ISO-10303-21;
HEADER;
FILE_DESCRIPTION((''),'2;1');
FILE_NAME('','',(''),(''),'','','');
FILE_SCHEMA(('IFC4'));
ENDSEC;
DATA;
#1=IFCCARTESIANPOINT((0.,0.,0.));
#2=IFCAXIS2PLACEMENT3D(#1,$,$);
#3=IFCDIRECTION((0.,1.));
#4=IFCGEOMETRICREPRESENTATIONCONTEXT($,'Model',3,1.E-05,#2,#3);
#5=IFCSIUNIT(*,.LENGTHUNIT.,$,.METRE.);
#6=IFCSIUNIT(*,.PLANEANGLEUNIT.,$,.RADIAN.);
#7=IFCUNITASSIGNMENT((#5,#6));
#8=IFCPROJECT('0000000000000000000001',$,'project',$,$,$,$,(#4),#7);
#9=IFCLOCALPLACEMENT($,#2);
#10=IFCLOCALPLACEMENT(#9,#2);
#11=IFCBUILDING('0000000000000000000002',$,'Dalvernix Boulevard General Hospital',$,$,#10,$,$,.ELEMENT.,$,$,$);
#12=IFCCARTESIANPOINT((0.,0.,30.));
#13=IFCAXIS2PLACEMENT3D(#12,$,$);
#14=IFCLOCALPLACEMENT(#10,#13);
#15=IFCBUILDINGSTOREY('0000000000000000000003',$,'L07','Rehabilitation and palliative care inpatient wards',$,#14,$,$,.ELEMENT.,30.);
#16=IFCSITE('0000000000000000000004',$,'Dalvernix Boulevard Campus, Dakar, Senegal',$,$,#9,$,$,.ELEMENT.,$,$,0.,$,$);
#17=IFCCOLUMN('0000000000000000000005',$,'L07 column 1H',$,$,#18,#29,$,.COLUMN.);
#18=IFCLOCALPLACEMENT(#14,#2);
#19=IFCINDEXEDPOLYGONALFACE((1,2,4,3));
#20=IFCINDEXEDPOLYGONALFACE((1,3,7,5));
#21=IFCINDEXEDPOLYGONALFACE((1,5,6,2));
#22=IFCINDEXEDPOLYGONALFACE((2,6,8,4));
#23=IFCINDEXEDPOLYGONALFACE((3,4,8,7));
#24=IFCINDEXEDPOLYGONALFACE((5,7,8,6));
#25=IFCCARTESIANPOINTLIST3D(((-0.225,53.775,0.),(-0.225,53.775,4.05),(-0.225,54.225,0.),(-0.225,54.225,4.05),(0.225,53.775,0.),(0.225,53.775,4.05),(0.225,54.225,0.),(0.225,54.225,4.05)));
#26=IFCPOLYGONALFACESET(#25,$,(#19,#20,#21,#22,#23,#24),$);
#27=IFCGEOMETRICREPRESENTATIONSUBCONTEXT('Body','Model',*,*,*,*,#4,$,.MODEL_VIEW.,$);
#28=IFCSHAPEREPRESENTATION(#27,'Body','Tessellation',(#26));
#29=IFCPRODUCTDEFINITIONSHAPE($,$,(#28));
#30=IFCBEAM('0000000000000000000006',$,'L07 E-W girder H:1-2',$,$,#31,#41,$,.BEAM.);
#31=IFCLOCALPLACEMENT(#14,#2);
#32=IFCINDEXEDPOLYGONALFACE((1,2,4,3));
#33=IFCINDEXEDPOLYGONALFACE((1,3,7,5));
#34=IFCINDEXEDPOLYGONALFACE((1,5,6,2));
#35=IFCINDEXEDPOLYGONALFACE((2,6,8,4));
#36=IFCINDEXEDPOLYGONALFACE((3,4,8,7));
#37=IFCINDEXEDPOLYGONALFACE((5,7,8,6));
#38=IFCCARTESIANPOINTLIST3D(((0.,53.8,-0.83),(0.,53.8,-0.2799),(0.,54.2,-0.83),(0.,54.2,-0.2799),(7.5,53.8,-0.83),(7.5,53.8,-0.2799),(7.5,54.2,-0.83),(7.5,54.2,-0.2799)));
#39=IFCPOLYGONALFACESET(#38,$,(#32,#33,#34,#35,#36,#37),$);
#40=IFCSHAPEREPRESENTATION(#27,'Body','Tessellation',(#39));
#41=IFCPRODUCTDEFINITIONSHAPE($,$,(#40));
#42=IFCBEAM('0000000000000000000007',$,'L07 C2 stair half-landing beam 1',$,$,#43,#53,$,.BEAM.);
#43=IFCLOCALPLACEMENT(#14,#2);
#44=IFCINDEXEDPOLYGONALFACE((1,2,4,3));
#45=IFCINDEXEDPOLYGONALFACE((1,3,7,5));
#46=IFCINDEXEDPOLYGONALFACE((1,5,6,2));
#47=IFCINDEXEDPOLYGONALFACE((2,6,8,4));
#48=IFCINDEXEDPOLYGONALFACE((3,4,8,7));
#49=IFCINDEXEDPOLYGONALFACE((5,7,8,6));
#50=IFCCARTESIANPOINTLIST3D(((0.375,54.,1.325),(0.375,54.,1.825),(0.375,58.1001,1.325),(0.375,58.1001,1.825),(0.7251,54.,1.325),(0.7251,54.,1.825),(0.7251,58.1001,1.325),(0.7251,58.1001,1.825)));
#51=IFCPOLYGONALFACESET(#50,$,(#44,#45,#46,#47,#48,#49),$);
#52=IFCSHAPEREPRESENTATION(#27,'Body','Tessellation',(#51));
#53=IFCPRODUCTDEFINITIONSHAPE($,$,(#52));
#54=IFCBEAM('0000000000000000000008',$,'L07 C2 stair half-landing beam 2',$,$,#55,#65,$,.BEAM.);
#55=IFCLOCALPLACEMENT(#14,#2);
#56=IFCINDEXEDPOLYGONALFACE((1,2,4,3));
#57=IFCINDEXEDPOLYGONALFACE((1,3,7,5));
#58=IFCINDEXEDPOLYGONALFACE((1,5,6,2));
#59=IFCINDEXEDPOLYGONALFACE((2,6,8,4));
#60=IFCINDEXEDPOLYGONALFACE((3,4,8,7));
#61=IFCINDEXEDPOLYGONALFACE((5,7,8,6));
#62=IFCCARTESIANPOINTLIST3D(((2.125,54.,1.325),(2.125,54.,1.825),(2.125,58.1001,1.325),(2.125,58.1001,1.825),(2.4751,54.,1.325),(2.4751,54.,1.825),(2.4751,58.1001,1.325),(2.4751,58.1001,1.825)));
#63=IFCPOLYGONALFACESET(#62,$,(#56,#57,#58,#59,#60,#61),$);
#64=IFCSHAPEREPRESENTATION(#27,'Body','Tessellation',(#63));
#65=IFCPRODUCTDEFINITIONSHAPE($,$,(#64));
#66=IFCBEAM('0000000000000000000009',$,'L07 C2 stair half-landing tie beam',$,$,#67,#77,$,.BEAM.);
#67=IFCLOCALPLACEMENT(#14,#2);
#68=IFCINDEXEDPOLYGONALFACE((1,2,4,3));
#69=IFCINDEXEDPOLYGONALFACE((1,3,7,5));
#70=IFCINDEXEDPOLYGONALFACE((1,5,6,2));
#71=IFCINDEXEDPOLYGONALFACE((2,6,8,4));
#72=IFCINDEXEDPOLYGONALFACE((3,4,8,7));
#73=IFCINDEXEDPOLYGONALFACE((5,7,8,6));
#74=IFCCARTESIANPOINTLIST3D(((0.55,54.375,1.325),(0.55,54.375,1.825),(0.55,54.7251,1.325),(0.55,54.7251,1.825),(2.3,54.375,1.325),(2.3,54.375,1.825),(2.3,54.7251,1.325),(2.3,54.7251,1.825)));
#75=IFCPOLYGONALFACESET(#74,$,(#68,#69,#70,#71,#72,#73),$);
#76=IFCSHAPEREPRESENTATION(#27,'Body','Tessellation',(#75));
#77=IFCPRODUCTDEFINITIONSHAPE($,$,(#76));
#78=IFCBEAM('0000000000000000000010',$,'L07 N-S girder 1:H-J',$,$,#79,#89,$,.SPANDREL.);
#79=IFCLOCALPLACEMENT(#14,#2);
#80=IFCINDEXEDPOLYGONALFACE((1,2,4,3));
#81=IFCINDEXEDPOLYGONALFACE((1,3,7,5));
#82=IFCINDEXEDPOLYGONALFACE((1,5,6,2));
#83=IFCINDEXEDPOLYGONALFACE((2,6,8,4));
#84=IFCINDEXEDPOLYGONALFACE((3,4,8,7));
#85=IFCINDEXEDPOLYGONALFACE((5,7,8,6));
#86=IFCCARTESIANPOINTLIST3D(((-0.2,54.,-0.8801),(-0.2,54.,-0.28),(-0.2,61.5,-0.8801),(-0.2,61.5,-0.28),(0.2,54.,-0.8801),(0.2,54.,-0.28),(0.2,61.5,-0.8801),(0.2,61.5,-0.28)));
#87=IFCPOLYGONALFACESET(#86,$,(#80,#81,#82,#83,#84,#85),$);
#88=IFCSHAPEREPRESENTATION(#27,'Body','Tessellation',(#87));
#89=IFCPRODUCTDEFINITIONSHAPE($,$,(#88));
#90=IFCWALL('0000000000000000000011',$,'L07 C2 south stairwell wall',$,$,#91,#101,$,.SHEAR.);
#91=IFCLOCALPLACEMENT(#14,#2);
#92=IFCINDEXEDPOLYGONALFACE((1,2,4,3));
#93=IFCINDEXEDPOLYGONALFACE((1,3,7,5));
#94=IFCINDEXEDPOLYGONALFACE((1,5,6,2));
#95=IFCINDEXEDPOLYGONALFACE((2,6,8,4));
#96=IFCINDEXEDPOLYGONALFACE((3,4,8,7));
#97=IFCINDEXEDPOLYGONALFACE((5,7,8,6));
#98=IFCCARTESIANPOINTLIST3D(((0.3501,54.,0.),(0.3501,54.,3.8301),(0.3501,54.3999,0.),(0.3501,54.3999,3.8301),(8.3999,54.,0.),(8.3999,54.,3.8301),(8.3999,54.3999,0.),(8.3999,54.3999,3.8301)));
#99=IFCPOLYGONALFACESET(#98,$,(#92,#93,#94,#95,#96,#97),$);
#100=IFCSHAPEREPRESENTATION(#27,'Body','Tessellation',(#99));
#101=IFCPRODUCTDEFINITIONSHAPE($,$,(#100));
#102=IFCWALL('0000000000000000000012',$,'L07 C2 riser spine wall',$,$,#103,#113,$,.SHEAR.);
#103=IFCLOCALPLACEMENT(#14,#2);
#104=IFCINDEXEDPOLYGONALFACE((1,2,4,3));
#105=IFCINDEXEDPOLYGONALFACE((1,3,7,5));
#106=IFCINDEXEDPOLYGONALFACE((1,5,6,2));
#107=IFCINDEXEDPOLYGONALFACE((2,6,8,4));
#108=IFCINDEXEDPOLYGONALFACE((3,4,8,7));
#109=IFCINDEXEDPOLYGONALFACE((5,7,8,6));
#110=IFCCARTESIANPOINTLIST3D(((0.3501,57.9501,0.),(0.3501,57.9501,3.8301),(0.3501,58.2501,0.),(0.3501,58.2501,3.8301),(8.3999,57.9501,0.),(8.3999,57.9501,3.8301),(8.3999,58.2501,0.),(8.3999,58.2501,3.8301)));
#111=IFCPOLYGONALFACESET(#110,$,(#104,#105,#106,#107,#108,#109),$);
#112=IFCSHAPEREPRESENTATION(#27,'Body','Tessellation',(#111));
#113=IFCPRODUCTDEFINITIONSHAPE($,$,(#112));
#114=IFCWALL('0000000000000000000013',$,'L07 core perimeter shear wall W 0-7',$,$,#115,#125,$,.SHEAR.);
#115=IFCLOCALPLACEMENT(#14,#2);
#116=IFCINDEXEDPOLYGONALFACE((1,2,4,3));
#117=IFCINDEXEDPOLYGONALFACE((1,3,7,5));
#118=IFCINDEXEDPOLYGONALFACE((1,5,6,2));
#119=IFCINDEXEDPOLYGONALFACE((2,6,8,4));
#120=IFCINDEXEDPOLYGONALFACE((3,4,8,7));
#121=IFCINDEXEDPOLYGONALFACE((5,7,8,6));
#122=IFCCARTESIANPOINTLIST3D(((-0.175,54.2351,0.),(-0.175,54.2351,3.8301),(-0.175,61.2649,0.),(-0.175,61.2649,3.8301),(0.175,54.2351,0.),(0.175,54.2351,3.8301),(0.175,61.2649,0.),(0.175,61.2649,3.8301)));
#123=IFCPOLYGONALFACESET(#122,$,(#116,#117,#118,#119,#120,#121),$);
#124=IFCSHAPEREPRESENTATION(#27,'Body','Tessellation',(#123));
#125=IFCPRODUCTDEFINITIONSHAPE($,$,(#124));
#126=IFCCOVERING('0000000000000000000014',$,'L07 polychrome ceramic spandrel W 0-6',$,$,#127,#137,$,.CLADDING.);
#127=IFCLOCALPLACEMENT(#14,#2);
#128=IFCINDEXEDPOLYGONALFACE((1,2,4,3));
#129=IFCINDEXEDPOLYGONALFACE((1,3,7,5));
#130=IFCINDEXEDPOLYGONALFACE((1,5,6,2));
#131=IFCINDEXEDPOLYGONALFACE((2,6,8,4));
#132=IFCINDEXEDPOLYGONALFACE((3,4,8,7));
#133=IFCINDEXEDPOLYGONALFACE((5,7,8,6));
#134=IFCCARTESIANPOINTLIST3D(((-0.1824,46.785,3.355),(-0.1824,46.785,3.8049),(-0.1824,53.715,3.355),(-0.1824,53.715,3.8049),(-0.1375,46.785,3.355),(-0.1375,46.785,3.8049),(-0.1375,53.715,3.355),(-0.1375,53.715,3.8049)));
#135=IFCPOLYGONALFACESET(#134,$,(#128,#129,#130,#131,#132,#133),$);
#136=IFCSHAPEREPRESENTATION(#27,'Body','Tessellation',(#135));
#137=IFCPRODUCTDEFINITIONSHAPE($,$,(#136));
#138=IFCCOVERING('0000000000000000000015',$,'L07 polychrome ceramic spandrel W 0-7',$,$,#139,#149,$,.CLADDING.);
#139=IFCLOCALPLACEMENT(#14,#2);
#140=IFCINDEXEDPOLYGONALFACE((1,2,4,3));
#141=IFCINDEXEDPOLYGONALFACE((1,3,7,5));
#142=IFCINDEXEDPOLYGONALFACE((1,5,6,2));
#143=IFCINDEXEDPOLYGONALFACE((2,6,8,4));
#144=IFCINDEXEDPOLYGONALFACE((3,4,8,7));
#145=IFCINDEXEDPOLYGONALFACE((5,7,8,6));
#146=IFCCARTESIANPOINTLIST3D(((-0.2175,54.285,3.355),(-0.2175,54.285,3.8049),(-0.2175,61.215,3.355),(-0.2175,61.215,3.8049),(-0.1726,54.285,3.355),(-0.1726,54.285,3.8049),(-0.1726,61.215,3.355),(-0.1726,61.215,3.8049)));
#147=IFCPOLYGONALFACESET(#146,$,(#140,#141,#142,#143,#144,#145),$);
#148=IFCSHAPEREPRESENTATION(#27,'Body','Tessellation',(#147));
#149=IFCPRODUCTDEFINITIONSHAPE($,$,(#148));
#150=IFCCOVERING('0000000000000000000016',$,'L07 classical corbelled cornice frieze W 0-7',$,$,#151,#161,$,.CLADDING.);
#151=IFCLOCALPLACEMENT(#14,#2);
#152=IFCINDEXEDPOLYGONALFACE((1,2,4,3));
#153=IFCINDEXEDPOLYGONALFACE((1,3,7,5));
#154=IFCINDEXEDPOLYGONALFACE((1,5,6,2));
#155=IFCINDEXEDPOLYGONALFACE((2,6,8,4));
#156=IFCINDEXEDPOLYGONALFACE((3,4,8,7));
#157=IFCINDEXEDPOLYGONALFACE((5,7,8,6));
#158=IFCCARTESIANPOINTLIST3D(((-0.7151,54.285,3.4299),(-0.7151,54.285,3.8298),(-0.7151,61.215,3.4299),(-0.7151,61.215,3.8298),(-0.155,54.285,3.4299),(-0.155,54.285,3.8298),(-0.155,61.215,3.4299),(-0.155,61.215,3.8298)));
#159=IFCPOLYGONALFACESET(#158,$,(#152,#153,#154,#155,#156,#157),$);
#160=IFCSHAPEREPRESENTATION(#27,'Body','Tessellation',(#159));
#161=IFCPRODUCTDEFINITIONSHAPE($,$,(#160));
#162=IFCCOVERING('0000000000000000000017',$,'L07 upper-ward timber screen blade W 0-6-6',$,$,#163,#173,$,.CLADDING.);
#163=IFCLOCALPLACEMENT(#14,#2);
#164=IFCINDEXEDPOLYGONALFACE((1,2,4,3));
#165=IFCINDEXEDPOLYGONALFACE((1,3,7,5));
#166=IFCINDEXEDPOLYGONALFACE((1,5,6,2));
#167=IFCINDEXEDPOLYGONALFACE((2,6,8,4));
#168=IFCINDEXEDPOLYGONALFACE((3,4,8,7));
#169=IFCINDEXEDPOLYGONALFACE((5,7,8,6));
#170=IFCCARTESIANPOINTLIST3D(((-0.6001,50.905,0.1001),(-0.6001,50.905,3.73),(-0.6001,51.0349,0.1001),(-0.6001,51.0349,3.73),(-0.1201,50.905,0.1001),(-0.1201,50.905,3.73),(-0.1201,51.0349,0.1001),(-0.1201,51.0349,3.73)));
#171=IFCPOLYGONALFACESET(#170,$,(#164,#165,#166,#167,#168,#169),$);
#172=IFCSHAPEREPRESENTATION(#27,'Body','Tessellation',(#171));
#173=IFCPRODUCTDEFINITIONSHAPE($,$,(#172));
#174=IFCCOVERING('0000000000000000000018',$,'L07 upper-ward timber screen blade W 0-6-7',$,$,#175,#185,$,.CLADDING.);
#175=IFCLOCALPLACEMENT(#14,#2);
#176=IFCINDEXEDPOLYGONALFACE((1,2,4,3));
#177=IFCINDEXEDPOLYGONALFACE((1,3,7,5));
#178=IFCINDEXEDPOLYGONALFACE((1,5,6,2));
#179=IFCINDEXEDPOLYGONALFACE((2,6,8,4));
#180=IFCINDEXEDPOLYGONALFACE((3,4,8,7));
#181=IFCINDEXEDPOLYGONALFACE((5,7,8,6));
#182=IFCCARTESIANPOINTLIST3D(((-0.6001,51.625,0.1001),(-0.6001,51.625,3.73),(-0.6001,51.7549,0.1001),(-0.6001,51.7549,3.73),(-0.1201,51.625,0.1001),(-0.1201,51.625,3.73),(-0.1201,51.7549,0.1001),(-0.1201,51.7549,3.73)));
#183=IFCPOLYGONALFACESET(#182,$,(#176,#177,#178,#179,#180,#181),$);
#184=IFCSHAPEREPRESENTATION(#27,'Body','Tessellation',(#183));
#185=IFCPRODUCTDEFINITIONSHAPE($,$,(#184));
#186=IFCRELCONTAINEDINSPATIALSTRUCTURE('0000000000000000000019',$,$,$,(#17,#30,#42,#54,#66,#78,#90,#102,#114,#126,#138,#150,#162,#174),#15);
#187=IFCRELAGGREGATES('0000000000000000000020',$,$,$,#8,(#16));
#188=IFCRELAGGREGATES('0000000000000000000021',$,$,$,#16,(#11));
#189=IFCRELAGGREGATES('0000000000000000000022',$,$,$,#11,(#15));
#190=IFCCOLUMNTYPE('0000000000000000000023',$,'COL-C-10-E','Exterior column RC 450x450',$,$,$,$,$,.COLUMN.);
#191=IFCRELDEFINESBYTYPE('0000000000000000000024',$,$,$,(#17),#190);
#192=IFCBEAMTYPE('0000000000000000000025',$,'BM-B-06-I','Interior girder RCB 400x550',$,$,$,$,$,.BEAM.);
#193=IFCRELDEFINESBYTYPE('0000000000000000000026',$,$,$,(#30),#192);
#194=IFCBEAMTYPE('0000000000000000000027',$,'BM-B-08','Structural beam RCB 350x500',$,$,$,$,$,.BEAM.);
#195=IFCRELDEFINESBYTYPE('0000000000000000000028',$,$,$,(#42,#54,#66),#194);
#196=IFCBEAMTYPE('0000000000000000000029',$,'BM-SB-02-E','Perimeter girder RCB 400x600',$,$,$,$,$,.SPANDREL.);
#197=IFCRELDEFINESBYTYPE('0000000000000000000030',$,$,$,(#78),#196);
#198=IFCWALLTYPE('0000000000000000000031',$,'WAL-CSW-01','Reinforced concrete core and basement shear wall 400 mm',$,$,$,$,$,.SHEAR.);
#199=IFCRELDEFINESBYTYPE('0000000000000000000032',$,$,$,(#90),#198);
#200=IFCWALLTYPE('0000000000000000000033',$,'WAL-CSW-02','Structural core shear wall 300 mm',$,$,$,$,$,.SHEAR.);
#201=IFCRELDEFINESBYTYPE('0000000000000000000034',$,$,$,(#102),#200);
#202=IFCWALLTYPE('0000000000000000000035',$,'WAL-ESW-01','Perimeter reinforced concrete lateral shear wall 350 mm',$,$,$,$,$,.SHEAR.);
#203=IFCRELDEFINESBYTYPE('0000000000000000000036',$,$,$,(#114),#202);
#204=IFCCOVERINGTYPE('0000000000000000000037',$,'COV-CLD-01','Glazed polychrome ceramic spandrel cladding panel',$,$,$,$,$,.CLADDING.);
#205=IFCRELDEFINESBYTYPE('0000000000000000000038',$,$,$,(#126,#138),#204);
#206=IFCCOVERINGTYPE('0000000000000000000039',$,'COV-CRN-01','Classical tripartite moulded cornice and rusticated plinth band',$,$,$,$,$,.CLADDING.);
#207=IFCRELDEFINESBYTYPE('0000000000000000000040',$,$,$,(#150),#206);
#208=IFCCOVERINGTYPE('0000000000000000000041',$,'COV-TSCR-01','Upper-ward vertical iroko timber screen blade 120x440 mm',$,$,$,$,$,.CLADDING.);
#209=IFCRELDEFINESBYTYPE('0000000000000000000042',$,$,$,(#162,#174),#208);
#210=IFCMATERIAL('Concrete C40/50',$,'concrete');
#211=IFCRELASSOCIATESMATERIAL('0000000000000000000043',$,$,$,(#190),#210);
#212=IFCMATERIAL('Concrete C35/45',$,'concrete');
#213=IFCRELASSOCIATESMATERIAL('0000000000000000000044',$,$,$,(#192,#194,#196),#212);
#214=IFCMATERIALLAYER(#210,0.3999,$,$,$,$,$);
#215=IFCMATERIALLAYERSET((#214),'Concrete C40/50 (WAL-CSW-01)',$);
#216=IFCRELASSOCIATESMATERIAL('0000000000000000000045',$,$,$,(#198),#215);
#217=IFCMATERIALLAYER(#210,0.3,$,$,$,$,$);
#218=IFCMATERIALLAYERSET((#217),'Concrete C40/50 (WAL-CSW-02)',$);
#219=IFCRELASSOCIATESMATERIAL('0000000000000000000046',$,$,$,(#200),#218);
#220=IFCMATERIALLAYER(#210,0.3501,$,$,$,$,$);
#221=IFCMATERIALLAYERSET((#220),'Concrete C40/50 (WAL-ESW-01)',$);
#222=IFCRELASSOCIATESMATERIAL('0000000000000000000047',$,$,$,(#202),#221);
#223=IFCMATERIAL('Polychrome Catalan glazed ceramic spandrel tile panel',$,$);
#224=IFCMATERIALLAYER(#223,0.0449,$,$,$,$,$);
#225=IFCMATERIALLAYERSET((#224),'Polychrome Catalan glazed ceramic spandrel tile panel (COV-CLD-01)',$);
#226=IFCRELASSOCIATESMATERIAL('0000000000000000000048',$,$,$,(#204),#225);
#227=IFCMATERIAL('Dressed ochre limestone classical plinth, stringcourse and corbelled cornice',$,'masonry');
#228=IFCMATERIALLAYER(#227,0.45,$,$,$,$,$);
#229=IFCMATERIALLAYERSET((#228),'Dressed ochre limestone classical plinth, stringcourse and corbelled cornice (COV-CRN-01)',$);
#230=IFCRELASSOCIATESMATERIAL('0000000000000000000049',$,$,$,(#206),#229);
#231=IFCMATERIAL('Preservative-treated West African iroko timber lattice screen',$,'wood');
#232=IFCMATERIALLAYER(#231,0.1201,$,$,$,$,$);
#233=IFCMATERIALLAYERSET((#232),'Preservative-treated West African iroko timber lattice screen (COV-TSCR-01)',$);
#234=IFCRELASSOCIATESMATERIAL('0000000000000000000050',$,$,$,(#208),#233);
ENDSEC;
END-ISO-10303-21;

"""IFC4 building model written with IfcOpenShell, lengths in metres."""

from ifc_helpers import new_model, si_unit, direction, frame, frame_2d, origin, origin_2d, place, context, subcontext, project, spatial, rectangle, extrude, material, layer, layer_set, material_profile, profile_set, type_object, element, save


model = new_model("IFC4")

# Units and contexts
model_context = context("Model", 3, precision=1e-05, world=origin(), true_north=direction((0.0, 1.0)))
body_context = subcontext(model_context, "Body", "Model", "MODEL_VIEW")
ifc_project = project(units=[si_unit("LENGTHUNIT", "METRE"), si_unit("PLANEANGLEUNIT", "RADIAN")], contexts=[model_context])

# Site, building, storey
site_placement = place(None, origin())
site = spatial("IfcSite", under=ifc_project, at=site_placement, Name="Dalvernix Boulevard Campus, Dakar, Senegal", CompositionType="ELEMENT", RefElevation=0.0)
building_placement = place(site_placement, origin())
building = spatial("IfcBuilding", under=site, at=building_placement, Name="Dalvernix Boulevard General Hospital", CompositionType="ELEMENT")
storey_placement = place(building_placement, frame((0.0, 0.0, 30.0)))
storey = spatial("IfcBuildingStorey", under=building, at=storey_placement, Name="L07", Description="Rehabilitation and palliative care inpatient wards", CompositionType="ELEMENT", Elevation=30.0)

# Column
ifc_material_1 = material(Name="Concrete C40/50", Category="concrete")
ifc_material_profile_1 = material_profile(ifc_material_1, rectangle(XDim=0.45, YDim=0.45, at=origin_2d()), Name="RC 450x450")
ifc_profile_set_1 = profile_set([ifc_material_profile_1], Name="Concrete C40/50")
column_type = type_object("IfcColumnType", Name="COL-C-10-E", Description="Exterior column RC 450x450", PredefinedType="COLUMN", material=ifc_profile_set_1)
column_placement = place(storey_placement, frame((0.0, 54.0, 0.0), z_axis=(0.0, 0.0, 1.0), x_axis=(1.0, 0.0, 0.0)))
element("IfcColumn", 1, at=column_placement, inside=storey, type_object=column_type, Name="L07 column 1H", PredefinedType="COLUMN", context=body_context, shape_type="SweptSolid", body=[
    extrude(rectangle(XDim=0.45, YDim=0.45, at=origin_2d()), origin(), (0.0, 0.0, 1.0), 4.05),
])

# Beams
ifc_material_2 = material(Name="Concrete C35/45", Category="concrete")
ifc_material_profile_2 = material_profile(ifc_material_2, rectangle(XDim=0.3999, YDim=0.55, at=origin_2d()), Name="RCB 400x550")
ifc_profile_set_2 = profile_set([ifc_material_profile_2], Name="Concrete C35/45")
beam_type_1 = type_object("IfcBeamType", Name="BM-B-06-I", Description="Interior girder RCB 400x550", PredefinedType="BEAM", material=ifc_profile_set_2)
beam_1_placement = place(storey_placement, frame((0.0, 54.0, -0.5549), z_axis=(1.0, 0.0, 0.0), x_axis=(0.0, 1.0, 0.0)))
element("IfcBeam", 2, at=beam_1_placement, inside=storey, type_object=beam_type_1, Name="L07 E-W girder H:1-2", PredefinedType="BEAM", context=body_context, shape_type="SweptSolid", body=[
    extrude(rectangle(XDim=0.3999, YDim=0.55, at=origin_2d()), origin(), (0.0, 0.0, 1.0), 7.5),
])
ifc_material_profile_3 = material_profile(ifc_material_2, rectangle(XDim=0.3501, YDim=0.5, at=origin_2d()), Name="RCB 350x500")
ifc_profile_set_3 = profile_set([ifc_material_profile_3], Name="Concrete C35/45")
beam_type_2 = type_object("IfcBeamType", Name="BM-B-08", Description="Structural beam RCB 350x500", PredefinedType="BEAM", material=ifc_profile_set_3)
for number, where, z_axis, x_axis, name in (
    (3, (0.55, 54.0, 1.575), (0.0, 1.0, 0.0), (-1.0, 0.0, 0.0), "L07 C2 stair half-landing beam 1"),
    (4, (2.3, 54.0, 1.575), (0.0, 1.0, 0.0), (-1.0, 0.0, 0.0), "L07 C2 stair half-landing beam 2"),
):
    element("IfcBeam", number, at=place(storey_placement, frame(where, z_axis=z_axis, x_axis=x_axis)), inside=storey, type_object=beam_type_2, Name=name, PredefinedType="BEAM", context=body_context, shape_type="SweptSolid", body=[
        extrude(rectangle(XDim=0.3501, YDim=0.5, at=origin_2d()), origin(), (0.0, 0.0, 1.0), 4.1001),
    ])
beam_2_placement = place(storey_placement, frame((0.55, 54.55, 1.575), z_axis=(1.0, 0.0, 0.0), x_axis=(0.0, 1.0, 0.0)))
element("IfcBeam", 5, at=beam_2_placement, inside=storey, type_object=beam_type_2, Name="L07 C2 stair half-landing tie beam", PredefinedType="BEAM", context=body_context, shape_type="SweptSolid", body=[
    extrude(rectangle(XDim=0.3501, YDim=0.5, at=origin_2d()), origin(), (0.0, 0.0, 1.0), 1.75),
])
ifc_material_profile_4 = material_profile(ifc_material_2, rectangle(XDim=0.3999, YDim=0.6001, at=origin_2d()), Name="RCB 400x600")
ifc_profile_set_4 = profile_set([ifc_material_profile_4], Name="Concrete C35/45")
beam_type_3 = type_object("IfcBeamType", Name="BM-SB-02-E", Description="Perimeter girder RCB 400x600", PredefinedType="SPANDREL", material=ifc_profile_set_4)
beam_3_placement = place(storey_placement, frame((0.0, 54.0, -0.5801), z_axis=(0.0, 1.0, 0.0), x_axis=(-1.0, 0.0, 0.0)))
element("IfcBeam", 6, at=beam_3_placement, inside=storey, type_object=beam_type_3, Name="L07 N-S girder 1:H-J", PredefinedType="SPANDREL", context=body_context, shape_type="SweptSolid", body=[
    extrude(rectangle(XDim=0.3999, YDim=0.6001, at=origin_2d()), origin(), (0.0, 0.0, 1.0), 7.5),
])

# Walls
ifc_layer_1 = layer(ifc_material_1, 0.3999)
ifc_layer_set_1 = layer_set([ifc_layer_1], Name="Concrete C40/50 (WAL-CSW-01)")
wall_type_1 = type_object("IfcWallType", Name="WAL-CSW-01", Description="Reinforced concrete core and basement shear wall 400 mm", PredefinedType="SHEAR", material=ifc_layer_set_1)
wall_1_placement = place(storey_placement, frame((0.3501, 54.2, 0.0), z_axis=(0.0, 0.0, 1.0), x_axis=(1.0, 0.0, 0.0)))
element("IfcWall", 7, at=wall_1_placement, inside=storey, type_object=wall_type_1, Name="L07 C2 south stairwell wall", PredefinedType="SHEAR", context=body_context, shape_type="SweptSolid", body=[
    extrude(rectangle(XDim=8.0498, YDim=0.3999, at=frame_2d((4.0249, 0.0))), origin(), (0.0, 0.0, 1.0), 3.8301),
])
ifc_layer_2 = layer(ifc_material_1, 0.3)
ifc_layer_set_2 = layer_set([ifc_layer_2], Name="Concrete C40/50 (WAL-CSW-02)")
wall_type_2 = type_object("IfcWallType", Name="WAL-CSW-02", Description="Structural core shear wall 300 mm", PredefinedType="SHEAR", material=ifc_layer_set_2)
wall_2_placement = place(storey_placement, frame((0.3501, 58.1001, 0.0), z_axis=(0.0, 0.0, 1.0), x_axis=(1.0, 0.0, 0.0)))
element("IfcWall", 8, at=wall_2_placement, inside=storey, type_object=wall_type_2, Name="L07 C2 riser spine wall", PredefinedType="SHEAR", context=body_context, shape_type="SweptSolid", body=[
    extrude(rectangle(XDim=8.0498, YDim=0.3, at=frame_2d((4.0249, 0.0))), origin(), (0.0, 0.0, 1.0), 3.8301),
])
ifc_layer_3 = layer(ifc_material_1, 0.3501)
ifc_layer_set_3 = layer_set([ifc_layer_3], Name="Concrete C40/50 (WAL-ESW-01)")
wall_type_3 = type_object("IfcWallType", Name="WAL-ESW-01", Description="Perimeter reinforced concrete lateral shear wall 350 mm", PredefinedType="SHEAR", material=ifc_layer_set_3)
wall_3_placement = place(storey_placement, frame((0.0, 54.2351, 0.0), z_axis=(0.0, 0.0, 1.0), x_axis=(0.0, 1.0, 0.0)))
element("IfcWall", 9, at=wall_3_placement, inside=storey, type_object=wall_type_3, Name="L07 core perimeter shear wall W 0-7", PredefinedType="SHEAR", context=body_context, shape_type="SweptSolid", body=[
    extrude(rectangle(XDim=7.0298, YDim=0.3501, at=frame_2d((3.5149, 0.0))), origin(), (0.0, 0.0, 1.0), 3.8301),
])

# Coverings
ifc_material_3 = material(Name="Polychrome Catalan glazed ceramic spandrel tile panel")
ifc_layer_4 = layer(ifc_material_3, 0.0449)
ifc_layer_set_4 = layer_set([ifc_layer_4], Name="Polychrome Catalan glazed ceramic spandrel tile panel (COV-CLD-01)")
covering_type_1 = type_object("IfcCoveringType", Name="COV-CLD-01", Description="Glazed polychrome ceramic spandrel cladding panel", PredefinedType="CLADDING", material=ifc_layer_set_4)
for number, where, z_axis, x_axis, name in (
    (10, (-0.1599, 50.25, 3.355), (0.0, 0.0, 1.0), (0.0, 1.0, 0.0), "L07 polychrome ceramic spandrel W 0-6"),
    (11, (-0.1951, 57.75, 3.355), (0.0, 0.0, 1.0), (0.0, 1.0, 0.0), "L07 polychrome ceramic spandrel W 0-7"),
):
    element("IfcCovering", number, at=place(storey_placement, frame(where, z_axis=z_axis, x_axis=x_axis)), inside=storey, type_object=covering_type_1, Name=name, PredefinedType="CLADDING", context=body_context, shape_type="SweptSolid", body=[
        extrude(rectangle(XDim=6.9299, YDim=0.0449, at=origin_2d()), origin(), (0.0, 0.0, 1.0), 0.45),
    ])
ifc_material_4 = material(Name="Dressed ochre limestone classical plinth, stringcourse and corbelled cornice", Category="masonry")
ifc_layer_5 = layer(ifc_material_4, 0.45)
ifc_layer_set_5 = layer_set([ifc_layer_5], Name="Dressed ochre limestone classical plinth, stringcourse and corbelled cornice (COV-CRN-01)")
covering_type_2 = type_object("IfcCoveringType", Name="COV-CRN-01", Description="Classical tripartite moulded cornice and rusticated plinth band", PredefinedType="CLADDING", material=ifc_layer_set_5)
covering_placement = place(storey_placement, frame((-0.4351, 57.75, 3.4299), z_axis=(0.0, 0.0, 1.0), x_axis=(0.0, 1.0, 0.0)))
element("IfcCovering", 12, at=covering_placement, inside=storey, type_object=covering_type_2, Name="L07 classical corbelled cornice frieze W 0-7", PredefinedType="CLADDING", context=body_context, shape_type="SweptSolid", body=[
    extrude(rectangle(XDim=6.9299, YDim=0.5601, at=origin_2d()), origin(), (0.0, 0.0, 1.0), 0.3999),
])
ifc_material_5 = material(Name="Preservative-treated West African iroko timber lattice screen", Category="wood")
ifc_layer_6 = layer(ifc_material_5, 0.1201)
ifc_layer_set_6 = layer_set([ifc_layer_6], Name="Preservative-treated West African iroko timber lattice screen (COV-TSCR-01)")
covering_type_3 = type_object("IfcCoveringType", Name="COV-TSCR-01", Description="Upper-ward vertical iroko timber screen blade 120x440 mm", PredefinedType="CLADDING", material=ifc_layer_set_6)
for number, where, z_axis, x_axis, name in (
    (13, (-0.3601, 50.97, 0.1001), (0.0, 0.0, 1.0), (0.0, 1.0, 0.0), "L07 upper-ward timber screen blade W 0-6-6"),
    (14, (-0.3601, 51.6899, 0.1001), (0.0, 0.0, 1.0), (0.0, 1.0, 0.0), "L07 upper-ward timber screen blade W 0-6-7"),
):
    element("IfcCovering", number, at=place(storey_placement, frame(where, z_axis=z_axis, x_axis=x_axis)), inside=storey, type_object=covering_type_3, Name=name, PredefinedType="CLADDING", context=body_context, shape_type="SweptSolid", body=[
        extrude(rectangle(XDim=0.1299, YDim=0.48, at=origin_2d()), origin(), (0.0, 0.0, 1.0), 3.6299),
    ])

save(model, "model.ifc")
